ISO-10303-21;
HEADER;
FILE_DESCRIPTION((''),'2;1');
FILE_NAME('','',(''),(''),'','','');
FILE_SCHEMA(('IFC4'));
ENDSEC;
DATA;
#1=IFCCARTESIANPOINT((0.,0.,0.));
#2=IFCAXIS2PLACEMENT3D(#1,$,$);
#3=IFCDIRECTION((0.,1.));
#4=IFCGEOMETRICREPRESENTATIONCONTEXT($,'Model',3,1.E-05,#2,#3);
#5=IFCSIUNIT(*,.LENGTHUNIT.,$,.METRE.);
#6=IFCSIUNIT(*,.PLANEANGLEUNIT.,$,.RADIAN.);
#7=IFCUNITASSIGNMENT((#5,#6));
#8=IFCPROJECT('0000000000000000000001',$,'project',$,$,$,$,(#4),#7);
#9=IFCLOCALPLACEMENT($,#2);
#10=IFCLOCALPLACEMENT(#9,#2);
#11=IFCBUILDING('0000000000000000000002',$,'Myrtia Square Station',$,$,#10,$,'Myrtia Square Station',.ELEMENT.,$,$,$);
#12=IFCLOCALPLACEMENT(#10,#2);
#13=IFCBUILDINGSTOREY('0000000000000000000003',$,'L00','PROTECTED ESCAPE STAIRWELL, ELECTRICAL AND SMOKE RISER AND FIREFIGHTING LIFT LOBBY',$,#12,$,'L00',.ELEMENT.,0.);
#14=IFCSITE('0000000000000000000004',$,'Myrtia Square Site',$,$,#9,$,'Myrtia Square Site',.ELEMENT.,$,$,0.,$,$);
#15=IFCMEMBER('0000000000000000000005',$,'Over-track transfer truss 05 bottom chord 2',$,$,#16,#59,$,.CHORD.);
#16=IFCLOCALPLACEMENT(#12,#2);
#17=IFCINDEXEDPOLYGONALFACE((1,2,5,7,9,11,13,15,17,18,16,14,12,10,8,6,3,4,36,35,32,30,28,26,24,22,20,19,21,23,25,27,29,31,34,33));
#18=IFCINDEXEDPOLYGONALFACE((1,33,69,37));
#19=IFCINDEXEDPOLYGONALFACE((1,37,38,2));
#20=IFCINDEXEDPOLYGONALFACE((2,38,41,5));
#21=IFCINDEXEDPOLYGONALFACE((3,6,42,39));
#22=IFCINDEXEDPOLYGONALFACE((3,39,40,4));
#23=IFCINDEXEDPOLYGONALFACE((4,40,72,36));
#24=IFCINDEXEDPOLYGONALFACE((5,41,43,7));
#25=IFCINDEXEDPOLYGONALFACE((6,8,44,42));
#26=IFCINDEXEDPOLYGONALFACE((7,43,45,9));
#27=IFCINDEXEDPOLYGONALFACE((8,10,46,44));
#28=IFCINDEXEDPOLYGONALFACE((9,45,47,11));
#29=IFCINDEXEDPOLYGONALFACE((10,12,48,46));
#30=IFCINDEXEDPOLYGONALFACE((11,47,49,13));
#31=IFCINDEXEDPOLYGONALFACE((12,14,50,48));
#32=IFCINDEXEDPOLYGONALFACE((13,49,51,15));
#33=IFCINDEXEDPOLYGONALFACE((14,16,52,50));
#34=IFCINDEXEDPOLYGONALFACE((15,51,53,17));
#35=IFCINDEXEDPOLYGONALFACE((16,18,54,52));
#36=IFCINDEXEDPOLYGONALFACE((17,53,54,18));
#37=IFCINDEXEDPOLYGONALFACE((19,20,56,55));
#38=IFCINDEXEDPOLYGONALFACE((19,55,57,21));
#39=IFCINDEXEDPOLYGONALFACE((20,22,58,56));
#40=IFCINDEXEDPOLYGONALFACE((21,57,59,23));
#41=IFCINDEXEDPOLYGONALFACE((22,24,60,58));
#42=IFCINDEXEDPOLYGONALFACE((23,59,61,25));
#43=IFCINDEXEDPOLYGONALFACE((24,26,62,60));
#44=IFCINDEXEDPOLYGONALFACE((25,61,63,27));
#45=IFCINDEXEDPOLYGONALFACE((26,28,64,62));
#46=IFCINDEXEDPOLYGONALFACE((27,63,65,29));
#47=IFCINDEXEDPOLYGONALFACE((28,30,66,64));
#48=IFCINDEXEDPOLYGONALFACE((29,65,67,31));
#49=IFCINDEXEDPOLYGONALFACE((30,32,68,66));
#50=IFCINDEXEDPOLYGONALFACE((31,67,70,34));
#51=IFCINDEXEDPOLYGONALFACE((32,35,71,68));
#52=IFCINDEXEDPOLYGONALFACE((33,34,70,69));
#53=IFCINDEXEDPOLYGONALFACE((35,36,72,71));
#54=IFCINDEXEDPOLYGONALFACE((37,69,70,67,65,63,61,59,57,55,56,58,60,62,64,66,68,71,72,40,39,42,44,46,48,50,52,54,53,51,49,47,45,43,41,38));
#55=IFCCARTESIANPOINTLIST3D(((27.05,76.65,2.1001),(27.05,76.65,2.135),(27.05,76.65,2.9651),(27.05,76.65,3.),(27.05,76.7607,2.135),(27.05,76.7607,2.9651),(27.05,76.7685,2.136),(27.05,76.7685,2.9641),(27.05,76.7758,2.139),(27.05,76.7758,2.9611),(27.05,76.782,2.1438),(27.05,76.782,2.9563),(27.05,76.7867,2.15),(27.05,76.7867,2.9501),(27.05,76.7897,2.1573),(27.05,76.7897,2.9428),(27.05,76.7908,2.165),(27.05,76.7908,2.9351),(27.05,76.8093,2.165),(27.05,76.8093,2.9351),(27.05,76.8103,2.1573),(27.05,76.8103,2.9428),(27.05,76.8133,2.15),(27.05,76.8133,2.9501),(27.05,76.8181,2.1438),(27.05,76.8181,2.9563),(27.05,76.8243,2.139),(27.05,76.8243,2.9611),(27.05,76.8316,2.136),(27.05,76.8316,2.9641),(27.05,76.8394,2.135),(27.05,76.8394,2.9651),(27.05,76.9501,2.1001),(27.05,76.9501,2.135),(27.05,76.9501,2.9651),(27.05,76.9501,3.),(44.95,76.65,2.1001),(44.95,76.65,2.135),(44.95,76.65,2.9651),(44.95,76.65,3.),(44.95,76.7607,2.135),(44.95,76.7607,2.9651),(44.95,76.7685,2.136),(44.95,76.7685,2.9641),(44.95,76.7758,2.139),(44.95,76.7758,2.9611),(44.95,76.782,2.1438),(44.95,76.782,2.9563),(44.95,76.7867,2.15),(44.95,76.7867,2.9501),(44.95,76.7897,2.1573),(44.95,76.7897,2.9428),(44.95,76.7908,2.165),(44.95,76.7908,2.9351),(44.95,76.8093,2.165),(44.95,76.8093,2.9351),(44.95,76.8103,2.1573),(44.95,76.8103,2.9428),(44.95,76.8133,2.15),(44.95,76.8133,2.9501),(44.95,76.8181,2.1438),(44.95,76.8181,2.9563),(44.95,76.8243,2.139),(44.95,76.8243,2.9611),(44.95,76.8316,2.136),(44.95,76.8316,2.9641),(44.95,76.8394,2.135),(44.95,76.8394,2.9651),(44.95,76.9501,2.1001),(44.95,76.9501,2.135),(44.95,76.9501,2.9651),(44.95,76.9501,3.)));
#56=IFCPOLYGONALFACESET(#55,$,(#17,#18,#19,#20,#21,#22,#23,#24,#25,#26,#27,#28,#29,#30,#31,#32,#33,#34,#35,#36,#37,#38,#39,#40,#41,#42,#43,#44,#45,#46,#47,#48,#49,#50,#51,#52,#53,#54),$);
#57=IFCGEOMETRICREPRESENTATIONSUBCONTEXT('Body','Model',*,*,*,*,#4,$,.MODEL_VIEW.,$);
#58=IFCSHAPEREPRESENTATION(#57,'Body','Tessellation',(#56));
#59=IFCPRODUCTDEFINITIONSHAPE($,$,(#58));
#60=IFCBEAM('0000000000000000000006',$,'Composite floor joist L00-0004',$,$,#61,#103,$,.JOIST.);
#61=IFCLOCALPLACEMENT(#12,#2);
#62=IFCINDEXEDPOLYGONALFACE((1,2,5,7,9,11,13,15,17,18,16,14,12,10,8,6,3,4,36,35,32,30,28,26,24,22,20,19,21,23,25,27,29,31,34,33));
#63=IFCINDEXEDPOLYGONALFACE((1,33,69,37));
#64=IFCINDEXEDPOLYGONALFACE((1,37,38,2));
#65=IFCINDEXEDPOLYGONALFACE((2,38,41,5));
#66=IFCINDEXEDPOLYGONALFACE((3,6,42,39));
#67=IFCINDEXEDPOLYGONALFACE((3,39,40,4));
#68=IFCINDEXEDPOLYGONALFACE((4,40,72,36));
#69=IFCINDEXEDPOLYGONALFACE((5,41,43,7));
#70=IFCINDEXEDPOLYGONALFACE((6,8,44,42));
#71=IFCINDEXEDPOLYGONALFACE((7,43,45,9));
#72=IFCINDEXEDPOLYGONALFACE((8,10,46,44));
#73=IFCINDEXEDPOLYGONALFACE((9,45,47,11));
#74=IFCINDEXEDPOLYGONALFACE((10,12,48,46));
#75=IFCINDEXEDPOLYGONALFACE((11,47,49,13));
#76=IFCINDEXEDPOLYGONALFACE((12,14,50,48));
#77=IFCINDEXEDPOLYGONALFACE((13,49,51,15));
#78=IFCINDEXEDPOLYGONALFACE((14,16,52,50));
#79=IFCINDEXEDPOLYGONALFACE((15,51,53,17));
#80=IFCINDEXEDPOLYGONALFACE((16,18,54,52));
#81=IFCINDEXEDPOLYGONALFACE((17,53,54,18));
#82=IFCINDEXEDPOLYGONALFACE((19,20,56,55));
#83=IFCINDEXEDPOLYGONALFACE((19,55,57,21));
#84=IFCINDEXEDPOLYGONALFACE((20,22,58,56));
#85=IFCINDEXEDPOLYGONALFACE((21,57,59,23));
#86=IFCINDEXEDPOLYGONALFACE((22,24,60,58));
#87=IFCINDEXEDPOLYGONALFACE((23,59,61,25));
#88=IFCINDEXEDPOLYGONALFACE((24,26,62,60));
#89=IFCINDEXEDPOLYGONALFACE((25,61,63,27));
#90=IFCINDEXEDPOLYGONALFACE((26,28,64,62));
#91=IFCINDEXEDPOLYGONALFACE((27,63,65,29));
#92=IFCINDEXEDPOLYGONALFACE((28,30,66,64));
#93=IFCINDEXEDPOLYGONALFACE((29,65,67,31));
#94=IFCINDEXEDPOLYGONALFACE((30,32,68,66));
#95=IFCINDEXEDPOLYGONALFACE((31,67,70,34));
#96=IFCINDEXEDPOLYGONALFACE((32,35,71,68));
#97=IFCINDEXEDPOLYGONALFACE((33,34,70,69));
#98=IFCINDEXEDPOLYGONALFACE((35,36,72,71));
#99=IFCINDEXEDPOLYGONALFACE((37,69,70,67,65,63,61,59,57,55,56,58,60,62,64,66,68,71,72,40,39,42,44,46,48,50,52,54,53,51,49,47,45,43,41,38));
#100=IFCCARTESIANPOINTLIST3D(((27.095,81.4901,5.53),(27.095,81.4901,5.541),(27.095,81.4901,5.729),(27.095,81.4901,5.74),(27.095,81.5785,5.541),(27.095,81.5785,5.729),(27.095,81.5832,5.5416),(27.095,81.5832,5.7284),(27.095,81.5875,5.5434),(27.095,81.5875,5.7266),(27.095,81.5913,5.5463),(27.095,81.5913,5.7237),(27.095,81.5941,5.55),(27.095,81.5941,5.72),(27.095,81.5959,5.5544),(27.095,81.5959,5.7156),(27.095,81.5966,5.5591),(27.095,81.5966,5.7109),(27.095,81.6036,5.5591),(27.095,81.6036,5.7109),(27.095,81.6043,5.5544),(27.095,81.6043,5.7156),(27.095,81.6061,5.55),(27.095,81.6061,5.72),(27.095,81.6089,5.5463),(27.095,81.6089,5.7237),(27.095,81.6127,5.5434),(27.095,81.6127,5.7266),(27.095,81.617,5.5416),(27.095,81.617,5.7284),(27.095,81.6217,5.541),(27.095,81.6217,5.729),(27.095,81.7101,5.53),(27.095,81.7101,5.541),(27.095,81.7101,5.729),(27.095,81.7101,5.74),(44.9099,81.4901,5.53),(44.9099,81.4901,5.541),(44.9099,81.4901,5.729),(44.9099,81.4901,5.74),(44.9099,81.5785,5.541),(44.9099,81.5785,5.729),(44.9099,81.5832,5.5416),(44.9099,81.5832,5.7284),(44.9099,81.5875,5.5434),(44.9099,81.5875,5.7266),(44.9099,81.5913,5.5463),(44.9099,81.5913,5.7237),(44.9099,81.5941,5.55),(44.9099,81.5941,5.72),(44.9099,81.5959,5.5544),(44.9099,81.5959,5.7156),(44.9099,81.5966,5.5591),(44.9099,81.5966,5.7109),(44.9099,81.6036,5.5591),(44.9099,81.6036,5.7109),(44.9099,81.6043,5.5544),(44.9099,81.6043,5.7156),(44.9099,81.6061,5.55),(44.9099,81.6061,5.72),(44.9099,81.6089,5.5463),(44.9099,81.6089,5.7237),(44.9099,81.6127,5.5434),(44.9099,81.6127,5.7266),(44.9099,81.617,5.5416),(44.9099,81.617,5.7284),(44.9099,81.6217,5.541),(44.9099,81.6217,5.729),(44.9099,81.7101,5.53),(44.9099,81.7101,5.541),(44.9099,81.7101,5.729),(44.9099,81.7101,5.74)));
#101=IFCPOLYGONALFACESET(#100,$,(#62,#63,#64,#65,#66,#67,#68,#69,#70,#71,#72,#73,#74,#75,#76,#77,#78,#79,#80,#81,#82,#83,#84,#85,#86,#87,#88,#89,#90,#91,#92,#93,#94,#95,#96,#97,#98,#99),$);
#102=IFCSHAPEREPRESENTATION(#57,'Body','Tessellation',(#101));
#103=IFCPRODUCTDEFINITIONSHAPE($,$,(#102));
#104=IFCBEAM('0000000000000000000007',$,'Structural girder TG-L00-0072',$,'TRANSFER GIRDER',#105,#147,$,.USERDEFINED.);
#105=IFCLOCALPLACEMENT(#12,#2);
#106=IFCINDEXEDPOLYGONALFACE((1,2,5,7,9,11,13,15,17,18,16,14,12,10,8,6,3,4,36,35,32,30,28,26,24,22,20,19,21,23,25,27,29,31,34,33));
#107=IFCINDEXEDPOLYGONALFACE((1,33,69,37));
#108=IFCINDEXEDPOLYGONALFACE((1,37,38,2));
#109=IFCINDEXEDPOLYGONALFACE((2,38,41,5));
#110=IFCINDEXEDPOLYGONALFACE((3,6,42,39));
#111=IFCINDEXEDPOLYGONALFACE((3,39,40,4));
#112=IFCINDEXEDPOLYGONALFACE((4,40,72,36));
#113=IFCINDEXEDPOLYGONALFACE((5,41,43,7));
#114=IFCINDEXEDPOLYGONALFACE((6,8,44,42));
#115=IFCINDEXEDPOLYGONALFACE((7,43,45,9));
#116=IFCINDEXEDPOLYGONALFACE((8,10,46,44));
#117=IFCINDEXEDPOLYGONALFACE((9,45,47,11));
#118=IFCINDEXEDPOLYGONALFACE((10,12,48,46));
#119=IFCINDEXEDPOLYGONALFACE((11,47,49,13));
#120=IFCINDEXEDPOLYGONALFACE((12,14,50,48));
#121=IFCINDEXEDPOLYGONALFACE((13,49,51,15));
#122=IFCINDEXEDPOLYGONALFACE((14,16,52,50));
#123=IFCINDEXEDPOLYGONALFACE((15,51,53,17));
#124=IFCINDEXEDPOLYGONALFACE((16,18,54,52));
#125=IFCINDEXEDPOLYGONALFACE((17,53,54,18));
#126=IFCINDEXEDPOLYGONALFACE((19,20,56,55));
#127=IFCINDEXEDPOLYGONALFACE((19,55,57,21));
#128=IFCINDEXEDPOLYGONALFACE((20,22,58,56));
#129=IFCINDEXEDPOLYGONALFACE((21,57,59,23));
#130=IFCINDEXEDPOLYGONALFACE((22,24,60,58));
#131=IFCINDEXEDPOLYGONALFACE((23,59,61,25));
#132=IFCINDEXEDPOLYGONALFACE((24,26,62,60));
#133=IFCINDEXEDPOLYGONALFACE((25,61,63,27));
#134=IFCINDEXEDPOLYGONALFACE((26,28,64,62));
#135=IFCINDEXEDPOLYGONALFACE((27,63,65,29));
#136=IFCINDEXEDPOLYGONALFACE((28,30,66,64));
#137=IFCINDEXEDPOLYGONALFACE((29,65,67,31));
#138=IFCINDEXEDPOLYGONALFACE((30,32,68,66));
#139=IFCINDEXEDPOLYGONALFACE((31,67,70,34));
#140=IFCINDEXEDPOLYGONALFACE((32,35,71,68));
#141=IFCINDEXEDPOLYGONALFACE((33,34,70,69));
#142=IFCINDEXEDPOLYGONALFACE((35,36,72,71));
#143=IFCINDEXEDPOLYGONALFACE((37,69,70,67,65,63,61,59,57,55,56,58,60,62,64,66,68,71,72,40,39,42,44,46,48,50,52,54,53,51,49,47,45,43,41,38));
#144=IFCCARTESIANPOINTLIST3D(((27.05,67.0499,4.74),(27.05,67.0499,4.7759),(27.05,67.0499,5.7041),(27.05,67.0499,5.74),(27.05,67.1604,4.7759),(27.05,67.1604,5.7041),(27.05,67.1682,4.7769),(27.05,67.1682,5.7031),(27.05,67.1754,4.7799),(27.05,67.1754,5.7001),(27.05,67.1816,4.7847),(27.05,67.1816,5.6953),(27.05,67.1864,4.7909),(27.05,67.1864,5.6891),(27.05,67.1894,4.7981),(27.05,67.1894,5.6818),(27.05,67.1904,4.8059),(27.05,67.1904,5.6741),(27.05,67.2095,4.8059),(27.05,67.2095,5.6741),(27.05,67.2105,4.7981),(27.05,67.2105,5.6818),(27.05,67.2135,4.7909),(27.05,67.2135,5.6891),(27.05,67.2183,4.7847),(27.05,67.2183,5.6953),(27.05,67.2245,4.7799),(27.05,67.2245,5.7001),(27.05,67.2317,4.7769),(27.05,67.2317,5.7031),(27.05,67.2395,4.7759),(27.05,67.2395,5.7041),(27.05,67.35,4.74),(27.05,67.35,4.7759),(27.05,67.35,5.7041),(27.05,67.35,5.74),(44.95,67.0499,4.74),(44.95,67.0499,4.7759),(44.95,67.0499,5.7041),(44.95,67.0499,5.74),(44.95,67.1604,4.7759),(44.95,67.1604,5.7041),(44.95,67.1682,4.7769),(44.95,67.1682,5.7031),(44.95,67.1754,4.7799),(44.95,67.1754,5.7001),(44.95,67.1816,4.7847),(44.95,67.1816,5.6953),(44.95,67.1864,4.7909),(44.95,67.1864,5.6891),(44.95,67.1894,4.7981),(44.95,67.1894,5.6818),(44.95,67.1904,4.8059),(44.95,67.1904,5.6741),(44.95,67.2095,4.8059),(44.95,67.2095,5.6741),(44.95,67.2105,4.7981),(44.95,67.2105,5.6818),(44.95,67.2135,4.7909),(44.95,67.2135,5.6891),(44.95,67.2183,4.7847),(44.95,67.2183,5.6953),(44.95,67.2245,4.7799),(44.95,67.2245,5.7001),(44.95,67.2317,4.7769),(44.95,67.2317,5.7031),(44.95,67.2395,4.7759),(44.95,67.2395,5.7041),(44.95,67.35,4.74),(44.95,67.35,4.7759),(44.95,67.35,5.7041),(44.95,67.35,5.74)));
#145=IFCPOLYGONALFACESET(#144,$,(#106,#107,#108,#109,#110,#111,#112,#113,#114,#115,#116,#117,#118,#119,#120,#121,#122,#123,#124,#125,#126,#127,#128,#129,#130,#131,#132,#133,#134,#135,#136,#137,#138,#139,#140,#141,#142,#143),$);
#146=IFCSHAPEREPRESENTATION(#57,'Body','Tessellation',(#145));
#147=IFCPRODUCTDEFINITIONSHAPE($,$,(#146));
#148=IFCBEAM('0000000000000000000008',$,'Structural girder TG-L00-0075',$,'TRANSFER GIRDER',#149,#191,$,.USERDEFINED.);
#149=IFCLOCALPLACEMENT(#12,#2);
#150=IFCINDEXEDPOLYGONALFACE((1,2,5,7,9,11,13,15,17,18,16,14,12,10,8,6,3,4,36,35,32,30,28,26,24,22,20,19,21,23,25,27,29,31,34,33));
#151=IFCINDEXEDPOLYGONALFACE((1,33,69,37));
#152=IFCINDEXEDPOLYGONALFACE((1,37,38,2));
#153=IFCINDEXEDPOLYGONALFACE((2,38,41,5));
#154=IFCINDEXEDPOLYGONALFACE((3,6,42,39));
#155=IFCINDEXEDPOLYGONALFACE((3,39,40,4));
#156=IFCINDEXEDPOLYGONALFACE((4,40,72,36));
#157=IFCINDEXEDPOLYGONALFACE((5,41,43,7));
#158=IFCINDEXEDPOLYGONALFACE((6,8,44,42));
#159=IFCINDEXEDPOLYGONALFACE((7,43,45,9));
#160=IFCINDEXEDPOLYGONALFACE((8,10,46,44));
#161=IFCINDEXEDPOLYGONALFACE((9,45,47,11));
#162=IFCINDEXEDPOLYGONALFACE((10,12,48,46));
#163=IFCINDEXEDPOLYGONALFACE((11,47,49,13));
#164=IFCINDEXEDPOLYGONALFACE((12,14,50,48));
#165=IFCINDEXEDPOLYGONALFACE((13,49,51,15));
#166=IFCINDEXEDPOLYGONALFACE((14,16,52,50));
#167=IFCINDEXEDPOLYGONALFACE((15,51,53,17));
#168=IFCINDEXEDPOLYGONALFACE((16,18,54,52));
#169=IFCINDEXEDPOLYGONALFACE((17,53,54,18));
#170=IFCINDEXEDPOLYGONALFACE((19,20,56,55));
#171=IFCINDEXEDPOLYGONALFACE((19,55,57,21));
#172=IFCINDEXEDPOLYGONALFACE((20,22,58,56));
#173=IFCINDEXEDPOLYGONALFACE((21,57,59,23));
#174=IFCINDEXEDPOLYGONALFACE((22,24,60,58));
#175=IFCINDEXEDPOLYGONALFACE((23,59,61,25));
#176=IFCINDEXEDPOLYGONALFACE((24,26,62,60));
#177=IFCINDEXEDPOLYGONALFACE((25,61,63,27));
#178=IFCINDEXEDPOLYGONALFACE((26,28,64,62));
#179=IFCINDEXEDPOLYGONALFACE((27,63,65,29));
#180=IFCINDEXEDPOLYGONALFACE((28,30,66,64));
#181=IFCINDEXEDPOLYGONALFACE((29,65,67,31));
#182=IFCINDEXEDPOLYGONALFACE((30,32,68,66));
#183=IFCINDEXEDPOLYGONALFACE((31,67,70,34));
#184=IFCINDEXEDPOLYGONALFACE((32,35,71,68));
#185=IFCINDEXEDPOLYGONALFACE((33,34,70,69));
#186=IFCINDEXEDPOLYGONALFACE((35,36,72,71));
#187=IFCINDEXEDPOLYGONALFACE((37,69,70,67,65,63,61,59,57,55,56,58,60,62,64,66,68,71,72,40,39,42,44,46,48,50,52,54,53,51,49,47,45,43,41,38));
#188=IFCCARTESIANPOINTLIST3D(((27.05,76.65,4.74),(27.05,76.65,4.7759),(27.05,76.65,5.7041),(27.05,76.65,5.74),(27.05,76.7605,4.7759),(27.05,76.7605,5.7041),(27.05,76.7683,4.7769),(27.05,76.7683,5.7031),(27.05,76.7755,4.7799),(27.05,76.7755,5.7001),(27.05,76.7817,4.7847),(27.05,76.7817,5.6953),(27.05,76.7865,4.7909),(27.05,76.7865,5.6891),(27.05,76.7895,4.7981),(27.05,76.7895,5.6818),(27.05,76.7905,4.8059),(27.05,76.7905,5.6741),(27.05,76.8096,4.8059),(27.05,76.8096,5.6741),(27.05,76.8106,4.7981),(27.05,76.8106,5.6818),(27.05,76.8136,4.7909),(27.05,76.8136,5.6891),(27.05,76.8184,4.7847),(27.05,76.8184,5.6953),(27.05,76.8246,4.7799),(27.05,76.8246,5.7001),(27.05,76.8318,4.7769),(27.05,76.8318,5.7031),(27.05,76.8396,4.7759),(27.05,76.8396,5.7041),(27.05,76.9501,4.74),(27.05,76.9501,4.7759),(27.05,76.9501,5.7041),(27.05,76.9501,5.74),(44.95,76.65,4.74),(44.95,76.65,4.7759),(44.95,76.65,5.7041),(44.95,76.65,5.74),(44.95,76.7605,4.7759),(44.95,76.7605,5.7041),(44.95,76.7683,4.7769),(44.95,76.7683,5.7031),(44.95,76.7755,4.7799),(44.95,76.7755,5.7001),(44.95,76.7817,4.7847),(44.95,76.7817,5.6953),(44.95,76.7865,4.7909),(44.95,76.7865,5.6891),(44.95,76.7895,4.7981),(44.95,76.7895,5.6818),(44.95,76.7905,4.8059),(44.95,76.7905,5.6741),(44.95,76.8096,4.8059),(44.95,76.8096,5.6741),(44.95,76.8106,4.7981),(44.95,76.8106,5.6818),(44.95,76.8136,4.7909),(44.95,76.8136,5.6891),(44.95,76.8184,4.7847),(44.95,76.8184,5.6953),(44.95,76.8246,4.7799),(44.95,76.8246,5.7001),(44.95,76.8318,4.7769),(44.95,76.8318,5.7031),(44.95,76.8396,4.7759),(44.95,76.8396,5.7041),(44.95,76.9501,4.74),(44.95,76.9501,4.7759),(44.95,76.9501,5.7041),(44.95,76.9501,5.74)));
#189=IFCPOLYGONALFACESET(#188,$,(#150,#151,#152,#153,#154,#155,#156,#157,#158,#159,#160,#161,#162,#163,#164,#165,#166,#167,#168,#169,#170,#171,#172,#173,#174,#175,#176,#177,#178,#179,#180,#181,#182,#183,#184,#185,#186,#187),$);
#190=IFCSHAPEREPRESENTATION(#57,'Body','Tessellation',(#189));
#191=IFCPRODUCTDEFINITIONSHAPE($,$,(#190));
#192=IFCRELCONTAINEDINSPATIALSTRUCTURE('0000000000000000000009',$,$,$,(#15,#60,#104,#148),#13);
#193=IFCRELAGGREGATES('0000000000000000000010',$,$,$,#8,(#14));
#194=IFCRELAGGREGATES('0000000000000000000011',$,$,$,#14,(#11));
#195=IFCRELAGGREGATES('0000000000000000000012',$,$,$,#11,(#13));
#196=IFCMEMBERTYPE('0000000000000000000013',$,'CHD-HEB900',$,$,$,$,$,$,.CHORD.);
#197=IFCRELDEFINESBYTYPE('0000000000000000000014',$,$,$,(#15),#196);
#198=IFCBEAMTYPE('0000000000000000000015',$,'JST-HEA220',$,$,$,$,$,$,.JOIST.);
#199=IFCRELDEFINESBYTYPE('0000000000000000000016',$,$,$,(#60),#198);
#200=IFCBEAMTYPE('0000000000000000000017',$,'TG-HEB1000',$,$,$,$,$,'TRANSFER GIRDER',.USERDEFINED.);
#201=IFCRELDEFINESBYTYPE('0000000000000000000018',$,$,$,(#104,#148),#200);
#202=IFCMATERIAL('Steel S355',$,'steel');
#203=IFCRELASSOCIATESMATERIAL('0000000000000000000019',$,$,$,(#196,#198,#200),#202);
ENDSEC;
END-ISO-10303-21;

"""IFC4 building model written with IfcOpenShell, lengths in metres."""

from ifc_helpers import new_model, si_unit, direction, frame, origin, origin_2d, place, context, subcontext, project, spatial, i_section, extrude, material, material_profile, profile_set, type_object, element, save


model = new_model("IFC4")

# Units and contexts
model_context = context("Model", 3, precision=1e-05, world=origin(), true_north=direction((0.0, 1.0)))
body_context = subcontext(model_context, "Body", "Model", "MODEL_VIEW")
ifc_project = project(units=[si_unit("LENGTHUNIT", "METRE"), si_unit("PLANEANGLEUNIT", "RADIAN")], contexts=[model_context])

# Site, building, storey
site_placement = place(None, origin())
site = spatial("IfcSite", under=ifc_project, at=site_placement, Name="Myrtia Square Site", LongName="Myrtia Square Site", CompositionType="ELEMENT", RefElevation=0.0)
building_placement = place(site_placement, origin())
building = spatial("IfcBuilding", under=site, at=building_placement, Name="Myrtia Square Station", LongName="Myrtia Square Station", CompositionType="ELEMENT")
storey_placement = place(building_placement, origin())
storey = spatial("IfcBuildingStorey", under=building, at=storey_placement, Name="L00", Description="PROTECTED ESCAPE STAIRWELL, ELECTRICAL AND SMOKE RISER AND FIREFIGHTING LIFT LOBBY", LongName="L00", CompositionType="ELEMENT", Elevation=0.0)

# Shared definitions
ifc_material_1 = material(Name="Steel S355", Category="steel")

# Member
ifc_material_profile_1 = material_profile(ifc_material_1, i_section(OverallWidth=0.3, OverallDepth=0.8999, WebThickness=0.0186, FlangeThickness=0.0349, FilletRadius=0.03, at=origin_2d()), Name="HEB 900")
ifc_profile_set_1 = profile_set([ifc_material_profile_1], Name="Steel S355")
member_type_1 = type_object("IfcMemberType", Name="CHD-HEB900", PredefinedType="CHORD", material=ifc_profile_set_1)
for number, where, z_axis, x_axis, name in (
    (1, (27.05, 76.8, 2.55), (1.0, 0.0, 0.0), (0.0, 1.0, 0.0), "Over-track transfer truss 05 bottom chord 2"),
):
    element("IfcMember", number, at=place(storey_placement, frame(where, z_axis=z_axis, x_axis=x_axis)), inside=storey, type_object=member_type_1, Name=name, PredefinedType="CHORD", context=body_context, shape_type="SweptSolid", body=[
        extrude(i_section(OverallWidth=0.3, OverallDepth=0.8999, WebThickness=0.0186, FlangeThickness=0.0349, FilletRadius=0.03, at=origin_2d()), origin(), (0.0, 0.0, 1.0), 17.8999),
    ])

# Beams
ifc_material_profile_2 = material_profile(ifc_material_1, i_section(OverallWidth=0.22, OverallDepth=0.21, WebThickness=0.0071, FlangeThickness=0.011, FilletRadius=0.0181, at=origin_2d()), Name="HEA 220")
ifc_profile_set_2 = profile_set([ifc_material_profile_2], Name="Steel S355")
beam_type_1 = type_object("IfcBeamType", Name="JST-HEA220", PredefinedType="JOIST", material=ifc_profile_set_2)
beam_1_placement = place(storey_placement, frame((27.095, 81.6001, 5.635), z_axis=(1.0, 0.0, 0.0), x_axis=(0.0, 1.0, 0.0)))
element("IfcBeam", 2, at=beam_1_placement, inside=storey, type_object=beam_type_1, Name="Composite floor joist L00-0004", PredefinedType="JOIST", context=body_context, shape_type="SweptSolid", body=[
    extrude(i_section(OverallWidth=0.22, OverallDepth=0.21, WebThickness=0.0071, FlangeThickness=0.011, FilletRadius=0.0181, at=origin_2d()), origin(), (0.0, 0.0, 1.0), 17.8149),
])
ifc_material_profile_3 = material_profile(ifc_material_1, i_section(OverallWidth=0.3, OverallDepth=1.0, WebThickness=0.019, FlangeThickness=0.0359, FilletRadius=0.03, at=origin_2d()), Name="HEB 1000")
ifc_profile_set_3 = profile_set([ifc_material_profile_3], Name="Steel S355")
beam_type_2 = type_object("IfcBeamType", Name="TG-HEB1000", ElementType="TRANSFER GIRDER", PredefinedType="USERDEFINED", material=ifc_profile_set_3)
for number, where, z_axis, x_axis, name in (
    (3, (27.05, 67.2, 5.24), (1.0, 0.0, 0.0), (0.0, 1.0, 0.0), "Structural girder TG-L00-0072"),
    (4, (27.05, 76.8, 5.24), (1.0, 0.0, 0.0), (0.0, 1.0, 0.0), "Structural girder TG-L00-0075"),
):
    element("IfcBeam", number, at=place(storey_placement, frame(where, z_axis=z_axis, x_axis=x_axis)), inside=storey, type_object=beam_type_2, Name=name, ObjectType="TRANSFER GIRDER", PredefinedType="USERDEFINED", context=body_context, shape_type="SweptSolid", body=[
        extrude(i_section(OverallWidth=0.3, OverallDepth=1.0, WebThickness=0.019, FlangeThickness=0.0359, FilletRadius=0.03, at=origin_2d()), origin(), (0.0, 0.0, 1.0), 17.8999),
    ])

save(model, "model.ifc")
